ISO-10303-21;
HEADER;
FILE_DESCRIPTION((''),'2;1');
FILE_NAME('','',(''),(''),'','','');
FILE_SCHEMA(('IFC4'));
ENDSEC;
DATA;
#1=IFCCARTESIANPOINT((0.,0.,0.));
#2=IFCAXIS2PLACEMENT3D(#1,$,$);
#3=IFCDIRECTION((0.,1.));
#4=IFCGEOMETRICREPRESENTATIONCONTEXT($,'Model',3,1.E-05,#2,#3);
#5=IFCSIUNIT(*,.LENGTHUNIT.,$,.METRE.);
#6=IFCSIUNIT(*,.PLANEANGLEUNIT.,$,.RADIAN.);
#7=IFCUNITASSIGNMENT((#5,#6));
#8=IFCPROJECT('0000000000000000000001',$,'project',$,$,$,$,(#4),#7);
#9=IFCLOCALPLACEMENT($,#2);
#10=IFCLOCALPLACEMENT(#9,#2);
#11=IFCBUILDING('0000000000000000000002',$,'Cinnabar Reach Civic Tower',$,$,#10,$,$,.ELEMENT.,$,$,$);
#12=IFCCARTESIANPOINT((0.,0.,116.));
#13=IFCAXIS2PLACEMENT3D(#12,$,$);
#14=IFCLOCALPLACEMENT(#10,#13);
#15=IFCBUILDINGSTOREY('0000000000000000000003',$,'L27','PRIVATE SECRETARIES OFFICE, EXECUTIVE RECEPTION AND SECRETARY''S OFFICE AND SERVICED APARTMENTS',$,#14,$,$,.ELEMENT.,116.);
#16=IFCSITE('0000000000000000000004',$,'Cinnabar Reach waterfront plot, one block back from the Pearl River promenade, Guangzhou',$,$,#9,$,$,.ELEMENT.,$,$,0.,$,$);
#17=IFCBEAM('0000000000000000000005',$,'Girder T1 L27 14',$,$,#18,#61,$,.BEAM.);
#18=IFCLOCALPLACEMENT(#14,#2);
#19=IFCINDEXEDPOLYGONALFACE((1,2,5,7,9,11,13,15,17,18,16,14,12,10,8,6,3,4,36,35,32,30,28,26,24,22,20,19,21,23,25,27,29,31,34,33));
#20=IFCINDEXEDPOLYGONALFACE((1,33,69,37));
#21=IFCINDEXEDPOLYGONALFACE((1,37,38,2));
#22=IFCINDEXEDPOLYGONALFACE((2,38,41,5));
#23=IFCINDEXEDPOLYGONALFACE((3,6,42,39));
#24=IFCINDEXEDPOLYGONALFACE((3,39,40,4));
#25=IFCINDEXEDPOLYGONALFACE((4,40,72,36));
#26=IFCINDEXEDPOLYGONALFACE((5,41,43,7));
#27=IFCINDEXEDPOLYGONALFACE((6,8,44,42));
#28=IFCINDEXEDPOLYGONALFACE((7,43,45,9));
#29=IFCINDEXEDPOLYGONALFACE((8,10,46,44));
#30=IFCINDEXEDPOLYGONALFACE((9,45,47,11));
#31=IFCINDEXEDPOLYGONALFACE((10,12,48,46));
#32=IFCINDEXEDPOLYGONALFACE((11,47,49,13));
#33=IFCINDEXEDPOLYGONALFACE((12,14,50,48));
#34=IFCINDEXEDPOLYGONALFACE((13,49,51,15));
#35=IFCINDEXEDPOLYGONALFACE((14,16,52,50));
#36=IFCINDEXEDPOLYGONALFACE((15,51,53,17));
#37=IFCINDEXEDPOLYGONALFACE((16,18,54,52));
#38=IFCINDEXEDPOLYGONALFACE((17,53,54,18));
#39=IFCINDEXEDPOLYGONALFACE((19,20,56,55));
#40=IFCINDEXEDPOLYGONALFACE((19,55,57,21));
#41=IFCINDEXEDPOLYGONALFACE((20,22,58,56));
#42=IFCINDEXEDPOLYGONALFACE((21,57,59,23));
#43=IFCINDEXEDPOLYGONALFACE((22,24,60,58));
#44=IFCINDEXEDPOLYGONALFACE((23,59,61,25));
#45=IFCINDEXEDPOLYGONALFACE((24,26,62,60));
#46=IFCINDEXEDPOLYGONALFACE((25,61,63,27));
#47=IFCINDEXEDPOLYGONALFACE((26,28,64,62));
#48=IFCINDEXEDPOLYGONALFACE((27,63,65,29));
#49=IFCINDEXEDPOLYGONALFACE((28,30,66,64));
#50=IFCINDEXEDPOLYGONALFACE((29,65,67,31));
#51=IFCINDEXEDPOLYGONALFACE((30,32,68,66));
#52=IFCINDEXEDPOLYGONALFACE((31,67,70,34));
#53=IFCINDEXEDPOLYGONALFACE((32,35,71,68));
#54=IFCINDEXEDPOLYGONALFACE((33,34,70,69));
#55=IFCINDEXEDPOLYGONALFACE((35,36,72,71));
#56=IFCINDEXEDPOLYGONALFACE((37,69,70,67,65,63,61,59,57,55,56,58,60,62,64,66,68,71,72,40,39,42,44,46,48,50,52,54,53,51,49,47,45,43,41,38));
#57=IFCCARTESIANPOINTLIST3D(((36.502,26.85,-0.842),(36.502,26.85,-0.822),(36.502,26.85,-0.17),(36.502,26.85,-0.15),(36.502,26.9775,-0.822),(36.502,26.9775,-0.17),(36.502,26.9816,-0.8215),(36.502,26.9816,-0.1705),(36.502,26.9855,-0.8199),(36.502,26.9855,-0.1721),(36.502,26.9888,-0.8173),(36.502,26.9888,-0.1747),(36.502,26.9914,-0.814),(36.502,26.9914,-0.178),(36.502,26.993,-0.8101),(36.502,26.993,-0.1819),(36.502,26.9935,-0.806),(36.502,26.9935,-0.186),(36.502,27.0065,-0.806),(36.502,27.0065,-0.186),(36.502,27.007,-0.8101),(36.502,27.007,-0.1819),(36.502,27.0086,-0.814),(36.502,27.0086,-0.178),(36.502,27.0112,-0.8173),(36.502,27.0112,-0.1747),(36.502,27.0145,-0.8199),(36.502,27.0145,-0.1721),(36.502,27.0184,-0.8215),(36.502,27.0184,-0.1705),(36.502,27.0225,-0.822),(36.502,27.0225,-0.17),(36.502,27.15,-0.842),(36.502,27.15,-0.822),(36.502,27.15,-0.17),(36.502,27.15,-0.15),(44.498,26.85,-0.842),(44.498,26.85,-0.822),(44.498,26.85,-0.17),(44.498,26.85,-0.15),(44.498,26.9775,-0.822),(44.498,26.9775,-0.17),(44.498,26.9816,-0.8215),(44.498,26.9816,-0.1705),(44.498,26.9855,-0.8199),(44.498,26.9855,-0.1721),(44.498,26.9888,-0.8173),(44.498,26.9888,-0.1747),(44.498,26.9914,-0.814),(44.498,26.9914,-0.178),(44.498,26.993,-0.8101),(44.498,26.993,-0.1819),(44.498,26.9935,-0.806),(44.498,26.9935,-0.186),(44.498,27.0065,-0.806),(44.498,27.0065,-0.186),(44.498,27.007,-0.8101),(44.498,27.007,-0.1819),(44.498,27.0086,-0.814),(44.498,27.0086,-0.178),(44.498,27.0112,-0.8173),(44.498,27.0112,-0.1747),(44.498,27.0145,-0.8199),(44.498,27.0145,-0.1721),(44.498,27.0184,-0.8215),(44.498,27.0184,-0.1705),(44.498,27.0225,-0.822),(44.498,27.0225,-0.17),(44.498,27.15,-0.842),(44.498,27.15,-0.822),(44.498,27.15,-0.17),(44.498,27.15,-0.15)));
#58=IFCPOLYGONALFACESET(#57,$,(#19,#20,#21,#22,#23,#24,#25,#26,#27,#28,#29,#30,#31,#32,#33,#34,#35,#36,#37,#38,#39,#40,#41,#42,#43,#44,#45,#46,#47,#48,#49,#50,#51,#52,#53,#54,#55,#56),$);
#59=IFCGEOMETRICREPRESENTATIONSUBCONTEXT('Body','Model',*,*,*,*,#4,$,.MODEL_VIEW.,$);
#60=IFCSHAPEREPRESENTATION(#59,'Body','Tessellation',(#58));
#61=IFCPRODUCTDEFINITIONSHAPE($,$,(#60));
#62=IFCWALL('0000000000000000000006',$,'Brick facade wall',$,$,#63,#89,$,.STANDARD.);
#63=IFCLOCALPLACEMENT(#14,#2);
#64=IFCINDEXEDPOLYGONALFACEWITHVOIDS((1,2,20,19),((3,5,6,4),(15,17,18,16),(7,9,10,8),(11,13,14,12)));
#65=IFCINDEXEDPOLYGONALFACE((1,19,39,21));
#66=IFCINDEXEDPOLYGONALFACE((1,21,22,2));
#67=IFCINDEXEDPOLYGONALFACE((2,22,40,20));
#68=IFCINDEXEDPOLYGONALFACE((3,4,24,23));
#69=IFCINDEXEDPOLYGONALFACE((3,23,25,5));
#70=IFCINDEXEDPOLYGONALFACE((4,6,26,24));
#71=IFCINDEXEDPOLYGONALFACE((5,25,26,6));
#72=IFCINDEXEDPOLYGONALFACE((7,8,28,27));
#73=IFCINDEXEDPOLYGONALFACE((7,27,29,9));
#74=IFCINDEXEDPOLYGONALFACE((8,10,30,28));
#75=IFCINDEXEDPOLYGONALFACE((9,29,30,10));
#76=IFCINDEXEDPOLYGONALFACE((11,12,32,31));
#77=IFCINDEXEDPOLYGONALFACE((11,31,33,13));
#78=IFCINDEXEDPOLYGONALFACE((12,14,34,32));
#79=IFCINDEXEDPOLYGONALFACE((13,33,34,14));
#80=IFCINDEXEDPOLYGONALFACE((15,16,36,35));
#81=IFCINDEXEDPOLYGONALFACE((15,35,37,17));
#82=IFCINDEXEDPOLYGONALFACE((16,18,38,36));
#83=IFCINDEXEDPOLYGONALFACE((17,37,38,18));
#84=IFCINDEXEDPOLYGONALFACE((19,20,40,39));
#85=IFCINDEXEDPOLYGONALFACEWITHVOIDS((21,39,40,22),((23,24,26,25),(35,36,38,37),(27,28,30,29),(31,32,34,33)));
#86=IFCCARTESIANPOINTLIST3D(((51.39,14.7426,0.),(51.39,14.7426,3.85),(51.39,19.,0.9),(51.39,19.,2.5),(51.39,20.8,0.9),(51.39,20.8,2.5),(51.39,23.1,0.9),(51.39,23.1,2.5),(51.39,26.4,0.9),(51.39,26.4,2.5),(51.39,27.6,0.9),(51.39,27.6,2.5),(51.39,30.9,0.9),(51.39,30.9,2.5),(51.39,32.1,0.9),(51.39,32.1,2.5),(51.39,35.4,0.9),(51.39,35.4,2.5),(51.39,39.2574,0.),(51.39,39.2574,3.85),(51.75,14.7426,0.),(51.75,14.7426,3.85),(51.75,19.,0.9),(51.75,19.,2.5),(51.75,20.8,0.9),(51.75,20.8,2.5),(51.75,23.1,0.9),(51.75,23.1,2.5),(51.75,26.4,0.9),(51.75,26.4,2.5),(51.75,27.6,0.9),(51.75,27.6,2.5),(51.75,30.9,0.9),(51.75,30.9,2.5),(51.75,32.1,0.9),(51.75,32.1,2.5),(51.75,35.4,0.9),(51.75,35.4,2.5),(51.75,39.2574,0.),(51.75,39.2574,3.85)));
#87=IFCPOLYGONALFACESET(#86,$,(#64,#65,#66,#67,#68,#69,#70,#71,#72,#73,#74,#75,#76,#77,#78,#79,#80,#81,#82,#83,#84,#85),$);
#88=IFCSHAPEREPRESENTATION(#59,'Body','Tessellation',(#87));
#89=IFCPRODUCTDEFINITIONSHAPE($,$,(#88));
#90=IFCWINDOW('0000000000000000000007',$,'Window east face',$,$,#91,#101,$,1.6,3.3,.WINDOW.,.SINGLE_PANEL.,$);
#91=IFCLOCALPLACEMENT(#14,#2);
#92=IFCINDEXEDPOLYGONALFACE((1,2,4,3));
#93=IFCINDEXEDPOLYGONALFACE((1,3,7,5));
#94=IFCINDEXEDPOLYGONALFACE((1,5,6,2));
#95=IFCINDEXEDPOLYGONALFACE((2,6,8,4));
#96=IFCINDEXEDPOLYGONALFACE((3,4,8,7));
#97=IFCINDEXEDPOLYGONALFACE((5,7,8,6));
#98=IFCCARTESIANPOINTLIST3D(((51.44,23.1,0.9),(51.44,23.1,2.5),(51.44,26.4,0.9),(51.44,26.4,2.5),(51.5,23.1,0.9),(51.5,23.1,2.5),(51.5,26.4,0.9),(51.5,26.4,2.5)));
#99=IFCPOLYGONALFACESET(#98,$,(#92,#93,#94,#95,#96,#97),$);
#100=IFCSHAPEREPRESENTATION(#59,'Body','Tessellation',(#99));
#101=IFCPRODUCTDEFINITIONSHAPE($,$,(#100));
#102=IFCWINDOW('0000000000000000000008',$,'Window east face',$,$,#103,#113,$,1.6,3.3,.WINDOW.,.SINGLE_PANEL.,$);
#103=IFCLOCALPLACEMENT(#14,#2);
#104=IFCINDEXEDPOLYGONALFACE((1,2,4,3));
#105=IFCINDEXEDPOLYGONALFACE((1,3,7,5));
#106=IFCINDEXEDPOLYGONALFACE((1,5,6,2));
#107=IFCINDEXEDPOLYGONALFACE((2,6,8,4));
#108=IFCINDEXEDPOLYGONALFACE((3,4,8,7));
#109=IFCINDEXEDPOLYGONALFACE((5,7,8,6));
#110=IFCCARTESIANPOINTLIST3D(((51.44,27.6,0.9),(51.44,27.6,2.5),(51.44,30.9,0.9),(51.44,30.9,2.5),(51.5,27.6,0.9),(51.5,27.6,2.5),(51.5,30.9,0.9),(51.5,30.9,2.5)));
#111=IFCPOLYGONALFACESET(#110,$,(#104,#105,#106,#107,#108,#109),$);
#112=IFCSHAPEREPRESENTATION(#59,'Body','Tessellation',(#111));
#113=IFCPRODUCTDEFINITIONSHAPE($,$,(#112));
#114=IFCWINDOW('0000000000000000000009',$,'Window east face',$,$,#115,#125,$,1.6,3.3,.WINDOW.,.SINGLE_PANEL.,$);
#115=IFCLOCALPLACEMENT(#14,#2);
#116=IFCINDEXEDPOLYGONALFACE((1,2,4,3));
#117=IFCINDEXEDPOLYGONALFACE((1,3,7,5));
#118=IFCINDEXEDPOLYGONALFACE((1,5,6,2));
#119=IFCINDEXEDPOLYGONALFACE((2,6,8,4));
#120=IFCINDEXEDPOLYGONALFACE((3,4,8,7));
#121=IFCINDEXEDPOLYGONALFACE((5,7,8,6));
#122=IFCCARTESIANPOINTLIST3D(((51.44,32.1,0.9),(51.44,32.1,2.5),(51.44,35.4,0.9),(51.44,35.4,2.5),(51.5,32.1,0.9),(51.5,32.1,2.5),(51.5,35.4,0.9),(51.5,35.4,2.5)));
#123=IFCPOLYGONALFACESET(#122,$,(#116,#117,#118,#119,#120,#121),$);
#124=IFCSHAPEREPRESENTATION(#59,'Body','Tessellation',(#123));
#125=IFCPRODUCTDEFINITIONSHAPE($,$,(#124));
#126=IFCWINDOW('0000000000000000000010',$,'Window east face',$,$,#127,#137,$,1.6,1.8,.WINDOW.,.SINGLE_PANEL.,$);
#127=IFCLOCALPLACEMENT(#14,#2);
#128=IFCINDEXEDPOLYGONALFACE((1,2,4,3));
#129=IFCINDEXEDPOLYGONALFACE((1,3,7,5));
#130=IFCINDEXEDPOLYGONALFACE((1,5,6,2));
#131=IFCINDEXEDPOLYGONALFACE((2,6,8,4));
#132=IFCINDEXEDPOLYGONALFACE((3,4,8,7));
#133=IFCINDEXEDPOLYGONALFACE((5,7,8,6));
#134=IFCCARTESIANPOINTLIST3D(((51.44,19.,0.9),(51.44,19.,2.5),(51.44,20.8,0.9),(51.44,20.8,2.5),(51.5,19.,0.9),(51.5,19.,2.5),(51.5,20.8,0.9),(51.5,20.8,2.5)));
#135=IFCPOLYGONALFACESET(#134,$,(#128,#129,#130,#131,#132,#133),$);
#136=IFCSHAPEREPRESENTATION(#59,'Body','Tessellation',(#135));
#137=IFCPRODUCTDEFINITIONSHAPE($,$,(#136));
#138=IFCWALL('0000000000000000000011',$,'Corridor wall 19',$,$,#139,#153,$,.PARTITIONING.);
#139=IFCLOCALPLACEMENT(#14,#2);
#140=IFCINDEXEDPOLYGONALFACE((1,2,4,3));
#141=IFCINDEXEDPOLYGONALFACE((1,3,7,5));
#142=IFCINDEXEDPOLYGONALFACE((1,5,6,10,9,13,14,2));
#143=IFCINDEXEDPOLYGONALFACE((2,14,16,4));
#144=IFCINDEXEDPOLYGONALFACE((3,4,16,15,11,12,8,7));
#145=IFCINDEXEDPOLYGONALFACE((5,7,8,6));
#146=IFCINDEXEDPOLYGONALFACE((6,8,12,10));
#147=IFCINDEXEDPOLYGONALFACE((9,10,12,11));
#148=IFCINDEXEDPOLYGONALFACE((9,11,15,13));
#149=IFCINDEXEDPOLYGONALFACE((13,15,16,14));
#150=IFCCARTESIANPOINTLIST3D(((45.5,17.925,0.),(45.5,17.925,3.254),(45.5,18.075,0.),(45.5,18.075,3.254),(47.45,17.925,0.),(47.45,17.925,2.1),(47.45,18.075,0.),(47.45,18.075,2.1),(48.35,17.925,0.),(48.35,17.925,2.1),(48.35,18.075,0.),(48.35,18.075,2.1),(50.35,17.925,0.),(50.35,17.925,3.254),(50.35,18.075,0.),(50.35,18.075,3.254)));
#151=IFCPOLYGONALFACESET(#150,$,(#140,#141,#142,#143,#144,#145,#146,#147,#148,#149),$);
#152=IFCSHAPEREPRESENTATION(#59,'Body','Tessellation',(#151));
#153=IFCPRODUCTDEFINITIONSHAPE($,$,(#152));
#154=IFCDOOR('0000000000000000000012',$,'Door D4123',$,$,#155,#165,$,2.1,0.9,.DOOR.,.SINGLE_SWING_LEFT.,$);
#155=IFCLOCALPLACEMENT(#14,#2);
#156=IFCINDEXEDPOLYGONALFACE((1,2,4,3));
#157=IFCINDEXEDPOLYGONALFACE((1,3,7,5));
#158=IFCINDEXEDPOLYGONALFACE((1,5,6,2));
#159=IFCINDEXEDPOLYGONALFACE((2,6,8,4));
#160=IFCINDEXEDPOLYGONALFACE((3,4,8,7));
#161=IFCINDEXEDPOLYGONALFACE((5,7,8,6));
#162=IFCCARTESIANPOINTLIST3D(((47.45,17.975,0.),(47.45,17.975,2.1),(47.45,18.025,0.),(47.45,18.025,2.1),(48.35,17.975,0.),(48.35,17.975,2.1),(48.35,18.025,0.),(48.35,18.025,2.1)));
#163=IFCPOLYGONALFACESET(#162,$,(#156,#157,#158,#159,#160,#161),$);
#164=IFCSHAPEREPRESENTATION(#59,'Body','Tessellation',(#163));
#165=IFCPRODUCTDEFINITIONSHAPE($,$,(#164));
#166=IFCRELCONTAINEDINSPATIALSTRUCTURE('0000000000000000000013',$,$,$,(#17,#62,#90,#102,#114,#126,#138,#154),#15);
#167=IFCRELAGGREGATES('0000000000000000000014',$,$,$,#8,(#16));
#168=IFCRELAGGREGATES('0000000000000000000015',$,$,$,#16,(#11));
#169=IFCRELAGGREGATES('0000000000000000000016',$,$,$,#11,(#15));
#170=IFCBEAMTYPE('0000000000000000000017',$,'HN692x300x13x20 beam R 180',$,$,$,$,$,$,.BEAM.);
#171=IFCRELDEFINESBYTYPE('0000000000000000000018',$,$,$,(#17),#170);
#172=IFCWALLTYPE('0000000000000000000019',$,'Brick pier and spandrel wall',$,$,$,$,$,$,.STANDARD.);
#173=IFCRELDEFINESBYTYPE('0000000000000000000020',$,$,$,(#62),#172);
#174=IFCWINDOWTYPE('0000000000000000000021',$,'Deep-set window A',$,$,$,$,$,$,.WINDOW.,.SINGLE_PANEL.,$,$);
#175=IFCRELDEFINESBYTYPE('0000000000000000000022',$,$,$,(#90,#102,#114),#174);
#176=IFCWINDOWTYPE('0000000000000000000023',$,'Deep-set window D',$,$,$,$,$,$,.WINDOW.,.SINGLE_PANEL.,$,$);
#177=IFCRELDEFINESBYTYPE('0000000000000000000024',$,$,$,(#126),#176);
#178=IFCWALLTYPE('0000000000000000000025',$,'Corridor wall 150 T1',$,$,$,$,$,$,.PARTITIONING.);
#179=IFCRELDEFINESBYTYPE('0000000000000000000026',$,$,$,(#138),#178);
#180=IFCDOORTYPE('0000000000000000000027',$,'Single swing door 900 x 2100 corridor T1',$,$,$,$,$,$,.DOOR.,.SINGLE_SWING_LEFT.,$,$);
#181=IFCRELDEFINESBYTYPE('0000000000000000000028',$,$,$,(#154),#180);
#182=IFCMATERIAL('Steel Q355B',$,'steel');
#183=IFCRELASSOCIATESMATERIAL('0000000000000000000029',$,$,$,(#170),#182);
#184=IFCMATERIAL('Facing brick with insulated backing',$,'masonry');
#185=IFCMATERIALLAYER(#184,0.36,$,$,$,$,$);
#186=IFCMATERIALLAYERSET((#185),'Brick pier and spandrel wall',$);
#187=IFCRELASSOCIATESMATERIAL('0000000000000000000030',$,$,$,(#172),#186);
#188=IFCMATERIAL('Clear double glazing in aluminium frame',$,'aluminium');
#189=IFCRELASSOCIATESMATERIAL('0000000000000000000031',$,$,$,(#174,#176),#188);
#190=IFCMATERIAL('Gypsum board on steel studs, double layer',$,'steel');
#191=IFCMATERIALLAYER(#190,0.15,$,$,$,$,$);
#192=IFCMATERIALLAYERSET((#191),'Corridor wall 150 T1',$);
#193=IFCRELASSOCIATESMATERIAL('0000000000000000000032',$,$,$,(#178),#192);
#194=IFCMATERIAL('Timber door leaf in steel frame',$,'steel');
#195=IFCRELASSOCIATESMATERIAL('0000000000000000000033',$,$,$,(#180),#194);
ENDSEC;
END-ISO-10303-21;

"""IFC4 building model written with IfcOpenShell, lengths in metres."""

from ifc_helpers import new_model, si_unit, direction, frame, frame_2d, origin, origin_2d, place, context, subcontext, project, spatial, rectangle, i_section, extrude, material, layer, layer_set, material_profile, profile_set, type_object, element, fill, save


model = new_model("IFC4")

# Units and contexts
model_context = context("Model", 3, precision=1e-05, world=origin(), true_north=direction((0.0, 1.0)))
body_context = subcontext(model_context, "Body", "Model", "MODEL_VIEW")
ifc_project = project(units=[si_unit("LENGTHUNIT", "METRE"), si_unit("PLANEANGLEUNIT", "RADIAN")], contexts=[model_context])

# Site, building, storey
site_placement = place(None, origin())
site = spatial("IfcSite", under=ifc_project, at=site_placement, Name="Cinnabar Reach waterfront plot, one block back from the Pearl River promenade, Guangzhou", CompositionType="ELEMENT", RefElevation=0.0)
building_placement = place(site_placement, origin())
building = spatial("IfcBuilding", under=site, at=building_placement, Name="Cinnabar Reach Civic Tower", CompositionType="ELEMENT")
storey_placement = place(building_placement, frame((0.0, 0.0, 116.0)))
storey = spatial("IfcBuildingStorey", under=building, at=storey_placement, Name="L27", Description="PRIVATE SECRETARIES OFFICE, EXECUTIVE RECEPTION AND SECRETARY'S OFFICE AND SERVICED APARTMENTS", CompositionType="ELEMENT", Elevation=116.0)

# Beam
ifc_material_1 = material(Name="Steel Q355B", Category="steel")
ifc_material_profile_1 = material_profile(ifc_material_1, i_section(OverallWidth=0.3, OverallDepth=0.692, WebThickness=0.013, FlangeThickness=0.02, FilletRadius=0.016, at=origin_2d()), Name="HN692x300x13x20")
ifc_profile_set_1 = profile_set([ifc_material_profile_1], Name="Steel Q355B")
beam_type_1 = type_object("IfcBeamType", Name="HN692x300x13x20 beam R 180", PredefinedType="BEAM", material=ifc_profile_set_1)
for number, where, z_axis, x_axis, name in (
    (1, (36.502, 27.0, -0.496), (1.0, 0.0, 0.0), (0.0, 1.0, 0.0), "Girder T1 L27 14"),
):
    element("IfcBeam", number, at=place(storey_placement, frame(where, z_axis=z_axis, x_axis=x_axis)), inside=storey, type_object=beam_type_1, Name=name, PredefinedType="BEAM", context=body_context, shape_type="SweptSolid", body=[
        extrude(i_section(OverallWidth=0.3, OverallDepth=0.692, WebThickness=0.013, FlangeThickness=0.02, FilletRadius=0.016, at=origin_2d()), origin(), (0.0, 0.0, 1.0), 7.996),
    ])

# Wall, openings, windows
ifc_material_2 = material(Name="Facing brick with insulated backing", Category="masonry")
ifc_layer_1 = layer(ifc_material_2, 0.36)
ifc_layer_set_1 = layer_set([ifc_layer_1], Name="Brick pier and spandrel wall")
wall_type_1 = type_object("IfcWallType", Name="Brick pier and spandrel wall", PredefinedType="STANDARD", material=ifc_layer_set_1)
wall_1_placement = place(storey_placement, frame((51.57, 14.7426, 0.0), z_axis=(0.0, 0.0, 1.0), x_axis=(0.0, 1.0, 0.0)))
wall_1 = element("IfcWall", 2, at=wall_1_placement, inside=storey, type_object=wall_type_1, Name="Brick facade wall", PredefinedType="STANDARD", context=body_context, shape_type="SweptSolid", body=[
    extrude(rectangle(XDim=24.5148, YDim=0.36, at=frame_2d((12.2574, 0.0))), origin(), (0.0, 0.0, 1.0), 3.85),
])
opening_1_placement = place(wall_1_placement, frame((4.2574, 0.0, 0.9)))
opening_1 = element("IfcOpeningElement", 3, at=opening_1_placement, cuts=wall_1, PredefinedType="OPENING", context=body_context, shape_type="SweptSolid", body=[
    extrude(rectangle(XDim=1.8, YDim=1.6, at=frame_2d((0.9, 0.8))), frame((0.0, 0.19, 0.0), z_axis=(0.0, -1.0, 0.0), x_axis=(1.0, 0.0, 0.0)), (0.0, 0.0, 1.0), 0.38),
])
opening_2_placement = place(wall_1_placement, frame((8.3574, 0.0, 0.9)))
opening_2 = element("IfcOpeningElement", 4, at=opening_2_placement, cuts=wall_1, PredefinedType="OPENING", context=body_context, shape_type="SweptSolid", body=[
    extrude(rectangle(XDim=3.3, YDim=1.6, at=frame_2d((1.65, 0.8))), frame((0.0, 0.19, 0.0), z_axis=(0.0, -1.0, 0.0), x_axis=(1.0, 0.0, 0.0)), (0.0, 0.0, 1.0), 0.38),
])
opening_3_placement = place(wall_1_placement, frame((12.8574, 0.0, 0.9)))
opening_3 = element("IfcOpeningElement", 5, at=opening_3_placement, cuts=wall_1, PredefinedType="OPENING", context=body_context, shape_type="SweptSolid", body=[
    extrude(rectangle(XDim=3.3, YDim=1.6, at=frame_2d((1.65, 0.8))), frame((0.0, 0.19, 0.0), z_axis=(0.0, -1.0, 0.0), x_axis=(1.0, 0.0, 0.0)), (0.0, 0.0, 1.0), 0.38),
])
opening_4_placement = place(wall_1_placement, frame((17.3574, 0.0, 0.9)))
opening_4 = element("IfcOpeningElement", 6, at=opening_4_placement, cuts=wall_1, PredefinedType="OPENING", context=body_context, shape_type="SweptSolid", body=[
    extrude(rectangle(XDim=3.3, YDim=1.6, at=frame_2d((1.65, 0.8))), frame((0.0, 0.19, 0.0), z_axis=(0.0, -1.0, 0.0), x_axis=(1.0, 0.0, 0.0)), (0.0, 0.0, 1.0), 0.38),
])
ifc_material_3 = material(Name="Clear double glazing in aluminium frame", Category="aluminium")
window_type_1 = type_object("IfcWindowType", Name="Deep-set window A", PartitioningType="SINGLE_PANEL", PredefinedType="WINDOW", material=ifc_material_3)
window_1_placement = place(opening_2_placement, origin())
window_1 = element("IfcWindow", 7, at=window_1_placement, inside=storey, type_object=window_type_1, Name="Window east face", OverallHeight=1.6, OverallWidth=3.3, PartitioningType="SINGLE_PANEL", PredefinedType="WINDOW", context=body_context, shape_type="SweptSolid", body=[
    extrude(rectangle(XDim=3.3, YDim=1.6, at=frame_2d((1.65, 0.8))), frame((0.0, 0.13, 0.0), z_axis=(0.0, -1.0, 0.0), x_axis=(1.0, 0.0, 0.0)), (0.0, 0.0, 1.0), 0.06),
])
fill(opening_2, window_1)
window_2_placement = place(opening_3_placement, origin())
window_2 = element("IfcWindow", 8, at=window_2_placement, inside=storey, type_object=window_type_1, Name="Window east face", OverallHeight=1.6, OverallWidth=3.3, PartitioningType="SINGLE_PANEL", PredefinedType="WINDOW", context=body_context, shape_type="SweptSolid", body=[
    extrude(rectangle(XDim=3.3, YDim=1.6, at=frame_2d((1.65, 0.8))), frame((0.0, 0.13, 0.0), z_axis=(0.0, -1.0, 0.0), x_axis=(1.0, 0.0, 0.0)), (0.0, 0.0, 1.0), 0.06),
])
fill(opening_3, window_2)
window_3_placement = place(opening_4_placement, origin())
window_3 = element("IfcWindow", 9, at=window_3_placement, inside=storey, type_object=window_type_1, Name="Window east face", OverallHeight=1.6, OverallWidth=3.3, PartitioningType="SINGLE_PANEL", PredefinedType="WINDOW", context=body_context, shape_type="SweptSolid", body=[
    extrude(rectangle(XDim=3.3, YDim=1.6, at=frame_2d((1.65, 0.8))), frame((0.0, 0.13, 0.0), z_axis=(0.0, -1.0, 0.0), x_axis=(1.0, 0.0, 0.0)), (0.0, 0.0, 1.0), 0.06),
])
fill(opening_4, window_3)
window_type_2 = type_object("IfcWindowType", Name="Deep-set window D", PartitioningType="SINGLE_PANEL", PredefinedType="WINDOW", material=ifc_material_3)
window_4_placement = place(opening_1_placement, origin())
window_4 = element("IfcWindow", 10, at=window_4_placement, inside=storey, type_object=window_type_2, Name="Window east face", OverallHeight=1.6, OverallWidth=1.8, PartitioningType="SINGLE_PANEL", PredefinedType="WINDOW", context=body_context, shape_type="SweptSolid", body=[
    extrude(rectangle(XDim=1.8, YDim=1.6, at=frame_2d((0.9, 0.8))), frame((0.0, 0.13, 0.0), z_axis=(0.0, -1.0, 0.0), x_axis=(1.0, 0.0, 0.0)), (0.0, 0.0, 1.0), 0.06),
])
fill(opening_1, window_4)

# Wall, opening, door
ifc_material_4 = material(Name="Gypsum board on steel studs, double layer", Category="steel")
ifc_layer_2 = layer(ifc_material_4, 0.15)
ifc_layer_set_2 = layer_set([ifc_layer_2], Name="Corridor wall 150 T1")
wall_type_2 = type_object("IfcWallType", Name="Corridor wall 150 T1", PredefinedType="PARTITIONING", material=ifc_layer_set_2)
wall_2_placement = place(storey_placement, frame((45.5, 18.0, 0.0), z_axis=(0.0, 0.0, 1.0), x_axis=(1.0, 0.0, 0.0)))
wall_2 = element("IfcWall", 11, at=wall_2_placement, inside=storey, type_object=wall_type_2, Name="Corridor wall 19", PredefinedType="PARTITIONING", context=body_context, shape_type="SweptSolid", body=[
    extrude(rectangle(XDim=4.85, YDim=0.15, at=frame_2d((2.425, 0.0))), origin(), (0.0, 0.0, 1.0), 3.254),
])
opening_5_placement = place(wall_2_placement, frame((1.95, 0.0, 0.0)))
opening_5 = element("IfcOpeningElement", 12, at=opening_5_placement, cuts=wall_2, PredefinedType="OPENING", context=body_context, shape_type="SweptSolid", body=[
    extrude(rectangle(XDim=0.9, YDim=2.1, at=frame_2d((0.45, 1.05))), frame((0.0, 0.085, 0.0), z_axis=(0.0, -1.0, 0.0), x_axis=(1.0, 0.0, 0.0)), (0.0, 0.0, 1.0), 0.17),
])
ifc_material_5 = material(Name="Timber door leaf in steel frame", Category="steel")
door_type = type_object("IfcDoorType", Name="Single swing door 900 x 2100 corridor T1", OperationType="SINGLE_SWING_LEFT", PredefinedType="DOOR", material=ifc_material_5)
door_placement = place(opening_5_placement, frame((0.9, 0.0, 0.0), z_axis=(0.0, 0.0, 1.0), x_axis=(-1.0, 0.0, 0.0)))
door = element("IfcDoor", 13, at=door_placement, inside=storey, type_object=door_type, Name="Door D4123", OperationType="SINGLE_SWING_LEFT", OverallHeight=2.1, OverallWidth=0.9, PredefinedType="DOOR", context=body_context, shape_type="SweptSolid", body=[
    extrude(rectangle(XDim=0.9, YDim=2.1, at=frame_2d((0.45, 1.05))), frame((0.0, 0.025, 0.0), z_axis=(0.0, -1.0, 0.0), x_axis=(1.0, 0.0, 0.0)), (0.0, 0.0, 1.0), 0.05),
])
fill(opening_5, door)

save(model, "model.ifc")
